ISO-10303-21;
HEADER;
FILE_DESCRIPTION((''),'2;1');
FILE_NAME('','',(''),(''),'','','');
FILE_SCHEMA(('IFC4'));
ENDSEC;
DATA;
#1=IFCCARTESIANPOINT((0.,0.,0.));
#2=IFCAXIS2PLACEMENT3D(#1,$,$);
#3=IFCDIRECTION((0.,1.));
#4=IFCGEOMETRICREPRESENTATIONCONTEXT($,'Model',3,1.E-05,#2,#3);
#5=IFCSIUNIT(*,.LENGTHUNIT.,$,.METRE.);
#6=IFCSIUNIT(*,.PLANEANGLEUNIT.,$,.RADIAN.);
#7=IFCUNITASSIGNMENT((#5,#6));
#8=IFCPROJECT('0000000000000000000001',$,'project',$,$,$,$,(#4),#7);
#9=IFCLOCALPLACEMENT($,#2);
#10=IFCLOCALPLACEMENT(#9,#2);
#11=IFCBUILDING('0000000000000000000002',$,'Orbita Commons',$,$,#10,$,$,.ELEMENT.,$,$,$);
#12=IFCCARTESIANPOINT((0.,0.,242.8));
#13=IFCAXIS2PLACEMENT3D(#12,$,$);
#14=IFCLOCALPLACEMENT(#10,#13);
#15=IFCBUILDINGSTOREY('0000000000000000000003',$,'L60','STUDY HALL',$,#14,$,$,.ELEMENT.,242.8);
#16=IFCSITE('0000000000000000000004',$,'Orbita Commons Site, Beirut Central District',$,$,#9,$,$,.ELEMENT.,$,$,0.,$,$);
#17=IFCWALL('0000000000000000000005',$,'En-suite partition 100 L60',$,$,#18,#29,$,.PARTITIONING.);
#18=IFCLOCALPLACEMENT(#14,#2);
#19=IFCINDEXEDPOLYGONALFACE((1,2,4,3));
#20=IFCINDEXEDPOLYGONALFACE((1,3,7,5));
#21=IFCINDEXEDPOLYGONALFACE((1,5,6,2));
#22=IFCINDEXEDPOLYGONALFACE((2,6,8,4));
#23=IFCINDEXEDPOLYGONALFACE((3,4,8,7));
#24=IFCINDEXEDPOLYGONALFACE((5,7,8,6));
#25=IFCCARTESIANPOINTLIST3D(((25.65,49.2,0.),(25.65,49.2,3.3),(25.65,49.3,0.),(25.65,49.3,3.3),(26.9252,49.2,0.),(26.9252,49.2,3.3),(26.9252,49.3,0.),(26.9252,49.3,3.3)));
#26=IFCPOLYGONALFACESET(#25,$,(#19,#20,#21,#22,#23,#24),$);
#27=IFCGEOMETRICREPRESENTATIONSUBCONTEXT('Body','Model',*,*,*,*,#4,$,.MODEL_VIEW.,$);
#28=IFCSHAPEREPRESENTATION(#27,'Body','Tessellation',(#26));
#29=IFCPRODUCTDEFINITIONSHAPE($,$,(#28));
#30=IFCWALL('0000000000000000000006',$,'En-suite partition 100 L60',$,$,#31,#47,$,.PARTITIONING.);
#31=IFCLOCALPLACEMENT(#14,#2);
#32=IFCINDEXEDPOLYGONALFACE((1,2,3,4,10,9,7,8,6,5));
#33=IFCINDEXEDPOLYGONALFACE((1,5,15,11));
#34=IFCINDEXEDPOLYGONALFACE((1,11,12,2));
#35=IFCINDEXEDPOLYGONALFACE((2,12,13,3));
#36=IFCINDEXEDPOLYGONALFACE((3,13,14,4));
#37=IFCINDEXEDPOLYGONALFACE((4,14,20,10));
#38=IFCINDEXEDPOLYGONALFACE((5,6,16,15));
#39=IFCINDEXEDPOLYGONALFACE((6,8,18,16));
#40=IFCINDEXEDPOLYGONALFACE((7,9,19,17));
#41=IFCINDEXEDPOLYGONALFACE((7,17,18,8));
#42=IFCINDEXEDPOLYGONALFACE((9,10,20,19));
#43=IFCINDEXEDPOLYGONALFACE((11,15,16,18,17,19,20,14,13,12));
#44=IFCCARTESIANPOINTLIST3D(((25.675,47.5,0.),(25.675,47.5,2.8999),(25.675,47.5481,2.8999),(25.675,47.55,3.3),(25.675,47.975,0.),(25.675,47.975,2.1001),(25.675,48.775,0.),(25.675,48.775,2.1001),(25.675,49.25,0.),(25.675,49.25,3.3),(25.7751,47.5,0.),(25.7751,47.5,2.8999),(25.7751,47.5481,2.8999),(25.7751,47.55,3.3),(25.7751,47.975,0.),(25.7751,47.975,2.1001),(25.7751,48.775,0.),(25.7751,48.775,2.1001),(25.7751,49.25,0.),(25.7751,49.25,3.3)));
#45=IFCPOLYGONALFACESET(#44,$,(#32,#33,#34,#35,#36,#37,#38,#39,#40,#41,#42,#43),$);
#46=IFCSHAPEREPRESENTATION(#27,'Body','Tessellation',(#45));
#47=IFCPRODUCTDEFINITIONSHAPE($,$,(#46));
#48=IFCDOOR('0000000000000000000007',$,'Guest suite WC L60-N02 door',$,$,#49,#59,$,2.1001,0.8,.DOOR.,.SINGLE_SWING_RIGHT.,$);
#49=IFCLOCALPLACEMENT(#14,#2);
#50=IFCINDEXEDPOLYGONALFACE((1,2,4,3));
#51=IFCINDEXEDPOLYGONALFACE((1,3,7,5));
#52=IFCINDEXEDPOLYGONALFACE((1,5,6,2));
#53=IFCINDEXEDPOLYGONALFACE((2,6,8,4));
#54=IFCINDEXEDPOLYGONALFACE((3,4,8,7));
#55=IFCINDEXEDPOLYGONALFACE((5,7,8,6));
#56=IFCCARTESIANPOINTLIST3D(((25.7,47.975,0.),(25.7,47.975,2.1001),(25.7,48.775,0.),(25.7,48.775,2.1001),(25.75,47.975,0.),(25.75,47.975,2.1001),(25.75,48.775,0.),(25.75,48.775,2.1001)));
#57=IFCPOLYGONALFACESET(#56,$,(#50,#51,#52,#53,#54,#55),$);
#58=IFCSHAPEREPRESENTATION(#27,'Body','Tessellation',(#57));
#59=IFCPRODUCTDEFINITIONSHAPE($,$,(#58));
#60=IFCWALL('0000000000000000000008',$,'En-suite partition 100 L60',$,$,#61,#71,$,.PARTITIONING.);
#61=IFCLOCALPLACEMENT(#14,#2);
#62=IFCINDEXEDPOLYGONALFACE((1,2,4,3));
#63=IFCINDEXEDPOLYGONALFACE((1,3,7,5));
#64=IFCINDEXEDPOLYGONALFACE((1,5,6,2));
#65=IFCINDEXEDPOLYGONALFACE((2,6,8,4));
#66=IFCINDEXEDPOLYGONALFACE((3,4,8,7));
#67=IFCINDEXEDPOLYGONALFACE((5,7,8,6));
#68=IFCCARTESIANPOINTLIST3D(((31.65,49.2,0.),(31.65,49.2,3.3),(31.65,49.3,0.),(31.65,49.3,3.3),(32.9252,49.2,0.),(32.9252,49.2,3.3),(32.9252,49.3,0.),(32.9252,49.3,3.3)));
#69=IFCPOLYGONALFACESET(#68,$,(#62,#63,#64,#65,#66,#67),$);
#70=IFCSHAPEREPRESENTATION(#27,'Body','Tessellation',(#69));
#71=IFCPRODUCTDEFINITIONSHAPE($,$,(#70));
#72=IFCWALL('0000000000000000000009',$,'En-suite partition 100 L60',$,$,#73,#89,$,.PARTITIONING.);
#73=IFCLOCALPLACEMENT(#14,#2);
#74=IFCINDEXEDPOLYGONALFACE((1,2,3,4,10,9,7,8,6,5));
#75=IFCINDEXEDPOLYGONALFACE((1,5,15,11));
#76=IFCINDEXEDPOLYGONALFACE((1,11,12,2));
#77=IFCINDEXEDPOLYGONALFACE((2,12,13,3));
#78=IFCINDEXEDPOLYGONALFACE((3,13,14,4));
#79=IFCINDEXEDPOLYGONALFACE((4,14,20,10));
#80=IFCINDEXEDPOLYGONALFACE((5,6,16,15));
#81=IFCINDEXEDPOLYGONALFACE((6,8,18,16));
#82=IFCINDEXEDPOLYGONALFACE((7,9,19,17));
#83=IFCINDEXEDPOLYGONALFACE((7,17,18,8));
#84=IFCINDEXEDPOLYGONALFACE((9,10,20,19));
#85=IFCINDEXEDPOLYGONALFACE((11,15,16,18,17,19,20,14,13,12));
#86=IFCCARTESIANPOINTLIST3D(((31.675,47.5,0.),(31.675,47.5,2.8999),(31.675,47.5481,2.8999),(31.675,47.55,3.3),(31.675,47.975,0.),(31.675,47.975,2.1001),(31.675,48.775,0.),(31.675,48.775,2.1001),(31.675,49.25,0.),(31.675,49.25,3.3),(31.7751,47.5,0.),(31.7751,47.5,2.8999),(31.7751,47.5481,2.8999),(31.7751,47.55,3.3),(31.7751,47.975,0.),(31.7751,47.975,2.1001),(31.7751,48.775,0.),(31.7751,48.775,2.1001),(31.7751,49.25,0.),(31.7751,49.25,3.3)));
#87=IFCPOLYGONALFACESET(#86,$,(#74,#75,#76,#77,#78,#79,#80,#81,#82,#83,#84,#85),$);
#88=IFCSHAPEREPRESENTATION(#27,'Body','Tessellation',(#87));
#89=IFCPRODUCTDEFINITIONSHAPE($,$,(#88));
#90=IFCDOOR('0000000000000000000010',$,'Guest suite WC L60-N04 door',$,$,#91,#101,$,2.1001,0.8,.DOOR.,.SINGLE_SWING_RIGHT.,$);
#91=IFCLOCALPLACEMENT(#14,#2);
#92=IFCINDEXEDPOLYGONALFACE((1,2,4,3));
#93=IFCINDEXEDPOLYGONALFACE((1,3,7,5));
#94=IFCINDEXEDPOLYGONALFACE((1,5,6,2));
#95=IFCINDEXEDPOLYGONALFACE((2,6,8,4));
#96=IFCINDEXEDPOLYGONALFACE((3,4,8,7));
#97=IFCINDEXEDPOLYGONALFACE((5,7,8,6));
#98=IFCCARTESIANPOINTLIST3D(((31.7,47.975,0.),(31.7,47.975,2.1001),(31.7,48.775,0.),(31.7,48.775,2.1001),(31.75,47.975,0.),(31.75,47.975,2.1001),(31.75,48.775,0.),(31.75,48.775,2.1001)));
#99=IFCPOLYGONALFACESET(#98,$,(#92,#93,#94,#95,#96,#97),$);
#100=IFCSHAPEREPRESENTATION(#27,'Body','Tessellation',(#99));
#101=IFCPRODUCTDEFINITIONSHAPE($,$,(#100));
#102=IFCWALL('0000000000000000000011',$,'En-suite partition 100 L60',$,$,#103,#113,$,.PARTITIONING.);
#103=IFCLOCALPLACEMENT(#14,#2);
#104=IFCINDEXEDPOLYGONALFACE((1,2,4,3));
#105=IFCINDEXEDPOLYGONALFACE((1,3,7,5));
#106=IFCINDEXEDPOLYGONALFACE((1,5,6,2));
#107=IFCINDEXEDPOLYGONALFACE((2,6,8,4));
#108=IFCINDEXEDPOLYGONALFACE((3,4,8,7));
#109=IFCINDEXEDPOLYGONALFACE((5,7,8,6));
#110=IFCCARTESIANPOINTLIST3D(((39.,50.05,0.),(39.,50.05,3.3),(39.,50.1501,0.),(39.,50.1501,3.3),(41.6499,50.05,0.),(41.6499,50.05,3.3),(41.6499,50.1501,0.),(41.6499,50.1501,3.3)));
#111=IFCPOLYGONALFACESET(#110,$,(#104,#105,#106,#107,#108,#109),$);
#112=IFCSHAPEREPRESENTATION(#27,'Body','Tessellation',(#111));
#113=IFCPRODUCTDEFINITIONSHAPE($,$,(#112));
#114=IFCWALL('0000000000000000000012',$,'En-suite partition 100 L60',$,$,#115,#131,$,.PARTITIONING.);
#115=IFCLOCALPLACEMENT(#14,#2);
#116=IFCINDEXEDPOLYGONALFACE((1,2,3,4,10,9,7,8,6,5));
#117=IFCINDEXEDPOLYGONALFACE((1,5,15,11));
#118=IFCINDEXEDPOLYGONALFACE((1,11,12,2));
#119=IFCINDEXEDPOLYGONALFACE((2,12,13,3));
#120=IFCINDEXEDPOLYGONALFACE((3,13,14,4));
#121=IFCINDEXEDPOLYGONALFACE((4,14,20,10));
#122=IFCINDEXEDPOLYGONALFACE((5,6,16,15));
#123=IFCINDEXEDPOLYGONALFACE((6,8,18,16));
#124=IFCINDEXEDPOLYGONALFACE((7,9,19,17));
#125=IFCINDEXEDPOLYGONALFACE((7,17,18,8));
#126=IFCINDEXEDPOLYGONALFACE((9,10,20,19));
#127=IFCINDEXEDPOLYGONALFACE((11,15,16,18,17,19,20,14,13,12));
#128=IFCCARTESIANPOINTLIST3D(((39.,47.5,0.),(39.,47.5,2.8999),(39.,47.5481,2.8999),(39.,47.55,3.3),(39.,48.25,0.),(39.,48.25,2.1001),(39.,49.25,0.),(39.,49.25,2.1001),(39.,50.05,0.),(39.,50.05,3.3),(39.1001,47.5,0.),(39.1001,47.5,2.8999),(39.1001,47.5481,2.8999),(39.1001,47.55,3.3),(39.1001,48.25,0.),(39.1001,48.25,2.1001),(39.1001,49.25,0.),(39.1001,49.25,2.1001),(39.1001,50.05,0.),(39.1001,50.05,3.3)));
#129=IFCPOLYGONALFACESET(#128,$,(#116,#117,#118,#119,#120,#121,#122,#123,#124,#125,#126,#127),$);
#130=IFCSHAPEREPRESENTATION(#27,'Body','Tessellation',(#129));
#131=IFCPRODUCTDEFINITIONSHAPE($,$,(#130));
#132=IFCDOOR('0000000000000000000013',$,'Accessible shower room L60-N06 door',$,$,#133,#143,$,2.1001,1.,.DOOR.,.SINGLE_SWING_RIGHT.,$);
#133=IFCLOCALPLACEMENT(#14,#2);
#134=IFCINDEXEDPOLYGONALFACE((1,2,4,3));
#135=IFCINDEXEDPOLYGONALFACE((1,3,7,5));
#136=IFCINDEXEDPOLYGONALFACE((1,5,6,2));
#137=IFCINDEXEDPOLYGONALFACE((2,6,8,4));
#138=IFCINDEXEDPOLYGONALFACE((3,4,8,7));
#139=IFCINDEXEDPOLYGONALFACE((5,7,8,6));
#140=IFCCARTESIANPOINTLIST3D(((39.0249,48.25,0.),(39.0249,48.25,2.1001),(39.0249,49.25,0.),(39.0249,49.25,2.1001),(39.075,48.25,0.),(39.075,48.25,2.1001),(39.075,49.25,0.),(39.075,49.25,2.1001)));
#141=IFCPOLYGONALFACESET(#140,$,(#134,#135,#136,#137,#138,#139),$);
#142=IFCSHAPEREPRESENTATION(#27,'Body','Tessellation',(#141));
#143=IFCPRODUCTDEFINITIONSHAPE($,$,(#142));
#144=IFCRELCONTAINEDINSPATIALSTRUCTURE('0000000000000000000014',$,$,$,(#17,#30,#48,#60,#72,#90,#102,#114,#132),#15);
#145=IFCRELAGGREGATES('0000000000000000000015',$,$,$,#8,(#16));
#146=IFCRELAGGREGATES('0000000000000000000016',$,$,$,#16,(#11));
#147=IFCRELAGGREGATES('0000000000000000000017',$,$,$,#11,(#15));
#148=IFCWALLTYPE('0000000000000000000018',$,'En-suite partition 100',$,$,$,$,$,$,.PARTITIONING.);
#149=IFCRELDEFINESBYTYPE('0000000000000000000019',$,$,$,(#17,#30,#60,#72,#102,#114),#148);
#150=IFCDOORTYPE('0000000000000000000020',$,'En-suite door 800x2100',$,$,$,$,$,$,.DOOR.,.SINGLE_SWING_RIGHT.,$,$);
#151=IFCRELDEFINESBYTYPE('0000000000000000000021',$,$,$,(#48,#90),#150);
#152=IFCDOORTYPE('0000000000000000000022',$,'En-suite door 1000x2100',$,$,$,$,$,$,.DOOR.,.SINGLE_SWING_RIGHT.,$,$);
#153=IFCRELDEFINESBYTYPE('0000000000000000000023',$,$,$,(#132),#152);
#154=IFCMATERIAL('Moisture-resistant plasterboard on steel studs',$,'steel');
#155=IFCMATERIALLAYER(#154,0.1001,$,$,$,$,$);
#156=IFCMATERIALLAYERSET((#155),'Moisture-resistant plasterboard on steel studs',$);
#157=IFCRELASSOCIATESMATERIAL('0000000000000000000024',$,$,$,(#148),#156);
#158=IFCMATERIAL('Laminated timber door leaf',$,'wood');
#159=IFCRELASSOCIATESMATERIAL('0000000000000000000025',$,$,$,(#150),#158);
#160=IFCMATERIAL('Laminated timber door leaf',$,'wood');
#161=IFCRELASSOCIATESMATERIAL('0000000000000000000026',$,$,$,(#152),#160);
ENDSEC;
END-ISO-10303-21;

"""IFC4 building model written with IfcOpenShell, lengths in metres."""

from ifc_helpers import new_model, si_unit, direction, frame, frame_2d, origin, place, context, subcontext, project, spatial, polyline, rectangle, outline, extrude, material, layer, layer_set, type_object, element, fill, save


model = new_model("IFC4")

# Units and contexts
model_context = context("Model", 3, precision=1e-05, world=origin(), true_north=direction((0.0, 1.0)))
body_context = subcontext(model_context, "Body", "Model", "MODEL_VIEW")
ifc_project = project(units=[si_unit("LENGTHUNIT", "METRE"), si_unit("PLANEANGLEUNIT", "RADIAN")], contexts=[model_context])

# Site, building, storey
site_placement = place(None, origin())
site = spatial("IfcSite", under=ifc_project, at=site_placement, Name="Orbita Commons Site, Beirut Central District", CompositionType="ELEMENT", RefElevation=0.0)
building_placement = place(site_placement, origin())
building = spatial("IfcBuilding", under=site, at=building_placement, Name="Orbita Commons", CompositionType="ELEMENT")
storey_placement = place(building_placement, frame((0.0, 0.0, 242.8)))
storey = spatial("IfcBuildingStorey", under=building, at=storey_placement, Name="L60", Description="STUDY HALL", CompositionType="ELEMENT", Elevation=242.8)

# Wall
ifc_material_1 = material(Name="Moisture-resistant plasterboard on steel studs", Category="steel")
ifc_layer_1 = layer(ifc_material_1, 0.1001)
ifc_layer_set_1 = layer_set([ifc_layer_1], Name="Moisture-resistant plasterboard on steel studs")
wall_type_1 = type_object("IfcWallType", Name="En-suite partition 100", PredefinedType="PARTITIONING", material=ifc_layer_set_1)
wall_1_placement = place(storey_placement, frame((25.6499, 49.25, 0.0), z_axis=(0.0, 0.0, 1.0), x_axis=(1.0, 0.0, 0.0)))
element("IfcWall", 1, at=wall_1_placement, inside=storey, type_object=wall_type_1, Name="En-suite partition 100 L60", PredefinedType="PARTITIONING", context=body_context, shape_type="SweptSolid", body=[
    extrude(rectangle(XDim=1.2751, YDim=0.1001, at=frame_2d((0.6377, 0.0))), origin(), (0.0, 0.0, 1.0), 3.3),
])

# Wall, opening, door
wall_2_placement = place(storey_placement, frame((25.7251, 49.25, 0.0), z_axis=(0.0, 0.0, 1.0), x_axis=(0.0, -1.0, 0.0)))
wall_2 = element("IfcWall", 2, at=wall_2_placement, inside=storey, type_object=wall_type_1, Name="En-suite partition 100 L60", PredefinedType="PARTITIONING", context=body_context, shape_type="SweptSolid", body=[
    extrude(outline(polyline([(0.0, 0.0), (1.75, 0.0), (1.75, 2.8999), (1.7019, 2.8999), (1.7, 3.3), (0.0, 3.3), (0.0, 0.0)])), frame((0.0, 0.05, 0.0), z_axis=(0.0, -1.0, 0.0), x_axis=(1.0, 0.0, 0.0)), (0.0, 0.0, 1.0), 0.1001),
])
opening_1_placement = place(wall_2_placement, frame((0.4751, 0.0, 0.0)))
opening_1 = element("IfcOpeningElement", 3, at=opening_1_placement, cuts=wall_2, PredefinedType="OPENING", context=body_context, shape_type="SweptSolid", body=[
    extrude(rectangle(XDim=0.8, YDim=2.1001, at=frame_2d((0.3999, 1.05))), frame((0.0, 0.0601, 0.0), z_axis=(0.0, -1.0, 0.0), x_axis=(1.0, 0.0, 0.0)), (0.0, 0.0, 1.0), 0.1201),
])
ifc_material_2 = material(Name="Laminated timber door leaf", Category="wood")
door_type_1 = type_object("IfcDoorType", Name="En-suite door 800x2100", OperationType="SINGLE_SWING_RIGHT", PredefinedType="DOOR", material=ifc_material_2)
door_1_placement = place(opening_1_placement, origin())
door_1 = element("IfcDoor", 4, at=door_1_placement, inside=storey, type_object=door_type_1, Name="Guest suite WC L60-N02 door", OperationType="SINGLE_SWING_RIGHT", OverallHeight=2.1001, OverallWidth=0.8, PredefinedType="DOOR", context=body_context, shape_type="SweptSolid", body=[
    extrude(rectangle(XDim=0.8, YDim=2.1001, at=frame_2d((0.3999, 1.05))), frame((0.0, 0.0249, 0.0), z_axis=(0.0, -1.0, 0.0), x_axis=(1.0, 0.0, 0.0)), (0.0, 0.0, 1.0), 0.05),
])
fill(opening_1, door_1)

# Wall
wall_3_placement = place(storey_placement, frame((31.6499, 49.25, 0.0), z_axis=(0.0, 0.0, 1.0), x_axis=(1.0, 0.0, 0.0)))
element("IfcWall", 5, at=wall_3_placement, inside=storey, type_object=wall_type_1, Name="En-suite partition 100 L60", PredefinedType="PARTITIONING", context=body_context, shape_type="SweptSolid", body=[
    extrude(rectangle(XDim=1.2751, YDim=0.1001, at=frame_2d((0.6377, 0.0))), origin(), (0.0, 0.0, 1.0), 3.3),
])

# Wall, opening, door
wall_4_placement = place(storey_placement, frame((31.7251, 49.25, 0.0), z_axis=(0.0, 0.0, 1.0), x_axis=(0.0, -1.0, 0.0)))
wall_4 = element("IfcWall", 6, at=wall_4_placement, inside=storey, type_object=wall_type_1, Name="En-suite partition 100 L60", PredefinedType="PARTITIONING", context=body_context, shape_type="SweptSolid", body=[
    extrude(outline(polyline([(0.0, 0.0), (1.75, 0.0), (1.75, 2.8999), (1.7019, 2.8999), (1.7, 3.3), (0.0, 3.3), (0.0, 0.0)])), frame((0.0, 0.05, 0.0), z_axis=(0.0, -1.0, 0.0), x_axis=(1.0, 0.0, 0.0)), (0.0, 0.0, 1.0), 0.1001),
])
opening_2_placement = place(wall_4_placement, frame((0.4751, 0.0, 0.0)))
opening_2 = element("IfcOpeningElement", 7, at=opening_2_placement, cuts=wall_4, PredefinedType="OPENING", context=body_context, shape_type="SweptSolid", body=[
    extrude(rectangle(XDim=0.8, YDim=2.1001, at=frame_2d((0.3999, 1.05))), frame((0.0, 0.0601, 0.0), z_axis=(0.0, -1.0, 0.0), x_axis=(1.0, 0.0, 0.0)), (0.0, 0.0, 1.0), 0.1201),
])
door_2_placement = place(opening_2_placement, origin())
door_2 = element("IfcDoor", 8, at=door_2_placement, inside=storey, type_object=door_type_1, Name="Guest suite WC L60-N04 door", OperationType="SINGLE_SWING_RIGHT", OverallHeight=2.1001, OverallWidth=0.8, PredefinedType="DOOR", context=body_context, shape_type="SweptSolid", body=[
    extrude(rectangle(XDim=0.8, YDim=2.1001, at=frame_2d((0.3999, 1.05))), frame((0.0, 0.0249, 0.0), z_axis=(0.0, -1.0, 0.0), x_axis=(1.0, 0.0, 0.0)), (0.0, 0.0, 1.0), 0.05),
])
fill(opening_2, door_2)

# Wall
wall_5_placement = place(storey_placement, frame((39.0, 50.1001, 0.0), z_axis=(0.0, 0.0, 1.0), x_axis=(1.0, 0.0, 0.0)))
element("IfcWall", 9, at=wall_5_placement, inside=storey, type_object=wall_type_1, Name="En-suite partition 100 L60", PredefinedType="PARTITIONING", context=body_context, shape_type="SweptSolid", body=[
    extrude(rectangle(XDim=2.6499, YDim=0.1001, at=frame_2d((1.325, 0.0))), origin(), (0.0, 0.0, 1.0), 3.3),
])

# Wall, opening, door
wall_6_placement = place(storey_placement, frame((39.05, 50.05, 0.0), z_axis=(0.0, 0.0, 1.0), x_axis=(0.0, -1.0, 0.0)))
wall_6 = element("IfcWall", 10, at=wall_6_placement, inside=storey, type_object=wall_type_1, Name="En-suite partition 100 L60", PredefinedType="PARTITIONING", context=body_context, shape_type="SweptSolid", body=[
    extrude(outline(polyline([(0.0, 0.0), (2.55, 0.0), (2.55, 2.8999), (2.502, 2.8999), (2.5, 3.3), (0.0, 3.3), (0.0, 0.0)])), frame((0.0, 0.05, 0.0), z_axis=(0.0, -1.0, 0.0), x_axis=(1.0, 0.0, 0.0)), (0.0, 0.0, 1.0), 0.1001),
])
opening_3_placement = place(wall_6_placement, frame((0.8, 0.0, 0.0)))
opening_3 = element("IfcOpeningElement", 11, at=opening_3_placement, cuts=wall_6, PredefinedType="OPENING", context=body_context, shape_type="SweptSolid", body=[
    extrude(rectangle(XDim=1.0, YDim=2.1001, at=frame_2d((0.5, 1.05))), frame((0.0, 0.0601, 0.0), z_axis=(0.0, -1.0, 0.0), x_axis=(1.0, 0.0, 0.0)), (0.0, 0.0, 1.0), 0.1201),
])
ifc_material_3 = material(Name="Laminated timber door leaf", Category="wood")
door_type_2 = type_object("IfcDoorType", Name="En-suite door 1000x2100", OperationType="SINGLE_SWING_RIGHT", PredefinedType="DOOR", material=ifc_material_3)
door_3_placement = place(opening_3_placement, origin())
door_3 = element("IfcDoor", 12, at=door_3_placement, inside=storey, type_object=door_type_2, Name="Accessible shower room L60-N06 door", OperationType="SINGLE_SWING_RIGHT", OverallHeight=2.1001, OverallWidth=1.0, PredefinedType="DOOR", context=body_context, shape_type="SweptSolid", body=[
    extrude(rectangle(XDim=1.0, YDim=2.1001, at=frame_2d((0.5, 1.05))), frame((0.0, 0.0249, 0.0), z_axis=(0.0, -1.0, 0.0), x_axis=(1.0, 0.0, 0.0)), (0.0, 0.0, 1.0), 0.05),
])
fill(opening_3, door_3)

save(model, "model.ifc")
